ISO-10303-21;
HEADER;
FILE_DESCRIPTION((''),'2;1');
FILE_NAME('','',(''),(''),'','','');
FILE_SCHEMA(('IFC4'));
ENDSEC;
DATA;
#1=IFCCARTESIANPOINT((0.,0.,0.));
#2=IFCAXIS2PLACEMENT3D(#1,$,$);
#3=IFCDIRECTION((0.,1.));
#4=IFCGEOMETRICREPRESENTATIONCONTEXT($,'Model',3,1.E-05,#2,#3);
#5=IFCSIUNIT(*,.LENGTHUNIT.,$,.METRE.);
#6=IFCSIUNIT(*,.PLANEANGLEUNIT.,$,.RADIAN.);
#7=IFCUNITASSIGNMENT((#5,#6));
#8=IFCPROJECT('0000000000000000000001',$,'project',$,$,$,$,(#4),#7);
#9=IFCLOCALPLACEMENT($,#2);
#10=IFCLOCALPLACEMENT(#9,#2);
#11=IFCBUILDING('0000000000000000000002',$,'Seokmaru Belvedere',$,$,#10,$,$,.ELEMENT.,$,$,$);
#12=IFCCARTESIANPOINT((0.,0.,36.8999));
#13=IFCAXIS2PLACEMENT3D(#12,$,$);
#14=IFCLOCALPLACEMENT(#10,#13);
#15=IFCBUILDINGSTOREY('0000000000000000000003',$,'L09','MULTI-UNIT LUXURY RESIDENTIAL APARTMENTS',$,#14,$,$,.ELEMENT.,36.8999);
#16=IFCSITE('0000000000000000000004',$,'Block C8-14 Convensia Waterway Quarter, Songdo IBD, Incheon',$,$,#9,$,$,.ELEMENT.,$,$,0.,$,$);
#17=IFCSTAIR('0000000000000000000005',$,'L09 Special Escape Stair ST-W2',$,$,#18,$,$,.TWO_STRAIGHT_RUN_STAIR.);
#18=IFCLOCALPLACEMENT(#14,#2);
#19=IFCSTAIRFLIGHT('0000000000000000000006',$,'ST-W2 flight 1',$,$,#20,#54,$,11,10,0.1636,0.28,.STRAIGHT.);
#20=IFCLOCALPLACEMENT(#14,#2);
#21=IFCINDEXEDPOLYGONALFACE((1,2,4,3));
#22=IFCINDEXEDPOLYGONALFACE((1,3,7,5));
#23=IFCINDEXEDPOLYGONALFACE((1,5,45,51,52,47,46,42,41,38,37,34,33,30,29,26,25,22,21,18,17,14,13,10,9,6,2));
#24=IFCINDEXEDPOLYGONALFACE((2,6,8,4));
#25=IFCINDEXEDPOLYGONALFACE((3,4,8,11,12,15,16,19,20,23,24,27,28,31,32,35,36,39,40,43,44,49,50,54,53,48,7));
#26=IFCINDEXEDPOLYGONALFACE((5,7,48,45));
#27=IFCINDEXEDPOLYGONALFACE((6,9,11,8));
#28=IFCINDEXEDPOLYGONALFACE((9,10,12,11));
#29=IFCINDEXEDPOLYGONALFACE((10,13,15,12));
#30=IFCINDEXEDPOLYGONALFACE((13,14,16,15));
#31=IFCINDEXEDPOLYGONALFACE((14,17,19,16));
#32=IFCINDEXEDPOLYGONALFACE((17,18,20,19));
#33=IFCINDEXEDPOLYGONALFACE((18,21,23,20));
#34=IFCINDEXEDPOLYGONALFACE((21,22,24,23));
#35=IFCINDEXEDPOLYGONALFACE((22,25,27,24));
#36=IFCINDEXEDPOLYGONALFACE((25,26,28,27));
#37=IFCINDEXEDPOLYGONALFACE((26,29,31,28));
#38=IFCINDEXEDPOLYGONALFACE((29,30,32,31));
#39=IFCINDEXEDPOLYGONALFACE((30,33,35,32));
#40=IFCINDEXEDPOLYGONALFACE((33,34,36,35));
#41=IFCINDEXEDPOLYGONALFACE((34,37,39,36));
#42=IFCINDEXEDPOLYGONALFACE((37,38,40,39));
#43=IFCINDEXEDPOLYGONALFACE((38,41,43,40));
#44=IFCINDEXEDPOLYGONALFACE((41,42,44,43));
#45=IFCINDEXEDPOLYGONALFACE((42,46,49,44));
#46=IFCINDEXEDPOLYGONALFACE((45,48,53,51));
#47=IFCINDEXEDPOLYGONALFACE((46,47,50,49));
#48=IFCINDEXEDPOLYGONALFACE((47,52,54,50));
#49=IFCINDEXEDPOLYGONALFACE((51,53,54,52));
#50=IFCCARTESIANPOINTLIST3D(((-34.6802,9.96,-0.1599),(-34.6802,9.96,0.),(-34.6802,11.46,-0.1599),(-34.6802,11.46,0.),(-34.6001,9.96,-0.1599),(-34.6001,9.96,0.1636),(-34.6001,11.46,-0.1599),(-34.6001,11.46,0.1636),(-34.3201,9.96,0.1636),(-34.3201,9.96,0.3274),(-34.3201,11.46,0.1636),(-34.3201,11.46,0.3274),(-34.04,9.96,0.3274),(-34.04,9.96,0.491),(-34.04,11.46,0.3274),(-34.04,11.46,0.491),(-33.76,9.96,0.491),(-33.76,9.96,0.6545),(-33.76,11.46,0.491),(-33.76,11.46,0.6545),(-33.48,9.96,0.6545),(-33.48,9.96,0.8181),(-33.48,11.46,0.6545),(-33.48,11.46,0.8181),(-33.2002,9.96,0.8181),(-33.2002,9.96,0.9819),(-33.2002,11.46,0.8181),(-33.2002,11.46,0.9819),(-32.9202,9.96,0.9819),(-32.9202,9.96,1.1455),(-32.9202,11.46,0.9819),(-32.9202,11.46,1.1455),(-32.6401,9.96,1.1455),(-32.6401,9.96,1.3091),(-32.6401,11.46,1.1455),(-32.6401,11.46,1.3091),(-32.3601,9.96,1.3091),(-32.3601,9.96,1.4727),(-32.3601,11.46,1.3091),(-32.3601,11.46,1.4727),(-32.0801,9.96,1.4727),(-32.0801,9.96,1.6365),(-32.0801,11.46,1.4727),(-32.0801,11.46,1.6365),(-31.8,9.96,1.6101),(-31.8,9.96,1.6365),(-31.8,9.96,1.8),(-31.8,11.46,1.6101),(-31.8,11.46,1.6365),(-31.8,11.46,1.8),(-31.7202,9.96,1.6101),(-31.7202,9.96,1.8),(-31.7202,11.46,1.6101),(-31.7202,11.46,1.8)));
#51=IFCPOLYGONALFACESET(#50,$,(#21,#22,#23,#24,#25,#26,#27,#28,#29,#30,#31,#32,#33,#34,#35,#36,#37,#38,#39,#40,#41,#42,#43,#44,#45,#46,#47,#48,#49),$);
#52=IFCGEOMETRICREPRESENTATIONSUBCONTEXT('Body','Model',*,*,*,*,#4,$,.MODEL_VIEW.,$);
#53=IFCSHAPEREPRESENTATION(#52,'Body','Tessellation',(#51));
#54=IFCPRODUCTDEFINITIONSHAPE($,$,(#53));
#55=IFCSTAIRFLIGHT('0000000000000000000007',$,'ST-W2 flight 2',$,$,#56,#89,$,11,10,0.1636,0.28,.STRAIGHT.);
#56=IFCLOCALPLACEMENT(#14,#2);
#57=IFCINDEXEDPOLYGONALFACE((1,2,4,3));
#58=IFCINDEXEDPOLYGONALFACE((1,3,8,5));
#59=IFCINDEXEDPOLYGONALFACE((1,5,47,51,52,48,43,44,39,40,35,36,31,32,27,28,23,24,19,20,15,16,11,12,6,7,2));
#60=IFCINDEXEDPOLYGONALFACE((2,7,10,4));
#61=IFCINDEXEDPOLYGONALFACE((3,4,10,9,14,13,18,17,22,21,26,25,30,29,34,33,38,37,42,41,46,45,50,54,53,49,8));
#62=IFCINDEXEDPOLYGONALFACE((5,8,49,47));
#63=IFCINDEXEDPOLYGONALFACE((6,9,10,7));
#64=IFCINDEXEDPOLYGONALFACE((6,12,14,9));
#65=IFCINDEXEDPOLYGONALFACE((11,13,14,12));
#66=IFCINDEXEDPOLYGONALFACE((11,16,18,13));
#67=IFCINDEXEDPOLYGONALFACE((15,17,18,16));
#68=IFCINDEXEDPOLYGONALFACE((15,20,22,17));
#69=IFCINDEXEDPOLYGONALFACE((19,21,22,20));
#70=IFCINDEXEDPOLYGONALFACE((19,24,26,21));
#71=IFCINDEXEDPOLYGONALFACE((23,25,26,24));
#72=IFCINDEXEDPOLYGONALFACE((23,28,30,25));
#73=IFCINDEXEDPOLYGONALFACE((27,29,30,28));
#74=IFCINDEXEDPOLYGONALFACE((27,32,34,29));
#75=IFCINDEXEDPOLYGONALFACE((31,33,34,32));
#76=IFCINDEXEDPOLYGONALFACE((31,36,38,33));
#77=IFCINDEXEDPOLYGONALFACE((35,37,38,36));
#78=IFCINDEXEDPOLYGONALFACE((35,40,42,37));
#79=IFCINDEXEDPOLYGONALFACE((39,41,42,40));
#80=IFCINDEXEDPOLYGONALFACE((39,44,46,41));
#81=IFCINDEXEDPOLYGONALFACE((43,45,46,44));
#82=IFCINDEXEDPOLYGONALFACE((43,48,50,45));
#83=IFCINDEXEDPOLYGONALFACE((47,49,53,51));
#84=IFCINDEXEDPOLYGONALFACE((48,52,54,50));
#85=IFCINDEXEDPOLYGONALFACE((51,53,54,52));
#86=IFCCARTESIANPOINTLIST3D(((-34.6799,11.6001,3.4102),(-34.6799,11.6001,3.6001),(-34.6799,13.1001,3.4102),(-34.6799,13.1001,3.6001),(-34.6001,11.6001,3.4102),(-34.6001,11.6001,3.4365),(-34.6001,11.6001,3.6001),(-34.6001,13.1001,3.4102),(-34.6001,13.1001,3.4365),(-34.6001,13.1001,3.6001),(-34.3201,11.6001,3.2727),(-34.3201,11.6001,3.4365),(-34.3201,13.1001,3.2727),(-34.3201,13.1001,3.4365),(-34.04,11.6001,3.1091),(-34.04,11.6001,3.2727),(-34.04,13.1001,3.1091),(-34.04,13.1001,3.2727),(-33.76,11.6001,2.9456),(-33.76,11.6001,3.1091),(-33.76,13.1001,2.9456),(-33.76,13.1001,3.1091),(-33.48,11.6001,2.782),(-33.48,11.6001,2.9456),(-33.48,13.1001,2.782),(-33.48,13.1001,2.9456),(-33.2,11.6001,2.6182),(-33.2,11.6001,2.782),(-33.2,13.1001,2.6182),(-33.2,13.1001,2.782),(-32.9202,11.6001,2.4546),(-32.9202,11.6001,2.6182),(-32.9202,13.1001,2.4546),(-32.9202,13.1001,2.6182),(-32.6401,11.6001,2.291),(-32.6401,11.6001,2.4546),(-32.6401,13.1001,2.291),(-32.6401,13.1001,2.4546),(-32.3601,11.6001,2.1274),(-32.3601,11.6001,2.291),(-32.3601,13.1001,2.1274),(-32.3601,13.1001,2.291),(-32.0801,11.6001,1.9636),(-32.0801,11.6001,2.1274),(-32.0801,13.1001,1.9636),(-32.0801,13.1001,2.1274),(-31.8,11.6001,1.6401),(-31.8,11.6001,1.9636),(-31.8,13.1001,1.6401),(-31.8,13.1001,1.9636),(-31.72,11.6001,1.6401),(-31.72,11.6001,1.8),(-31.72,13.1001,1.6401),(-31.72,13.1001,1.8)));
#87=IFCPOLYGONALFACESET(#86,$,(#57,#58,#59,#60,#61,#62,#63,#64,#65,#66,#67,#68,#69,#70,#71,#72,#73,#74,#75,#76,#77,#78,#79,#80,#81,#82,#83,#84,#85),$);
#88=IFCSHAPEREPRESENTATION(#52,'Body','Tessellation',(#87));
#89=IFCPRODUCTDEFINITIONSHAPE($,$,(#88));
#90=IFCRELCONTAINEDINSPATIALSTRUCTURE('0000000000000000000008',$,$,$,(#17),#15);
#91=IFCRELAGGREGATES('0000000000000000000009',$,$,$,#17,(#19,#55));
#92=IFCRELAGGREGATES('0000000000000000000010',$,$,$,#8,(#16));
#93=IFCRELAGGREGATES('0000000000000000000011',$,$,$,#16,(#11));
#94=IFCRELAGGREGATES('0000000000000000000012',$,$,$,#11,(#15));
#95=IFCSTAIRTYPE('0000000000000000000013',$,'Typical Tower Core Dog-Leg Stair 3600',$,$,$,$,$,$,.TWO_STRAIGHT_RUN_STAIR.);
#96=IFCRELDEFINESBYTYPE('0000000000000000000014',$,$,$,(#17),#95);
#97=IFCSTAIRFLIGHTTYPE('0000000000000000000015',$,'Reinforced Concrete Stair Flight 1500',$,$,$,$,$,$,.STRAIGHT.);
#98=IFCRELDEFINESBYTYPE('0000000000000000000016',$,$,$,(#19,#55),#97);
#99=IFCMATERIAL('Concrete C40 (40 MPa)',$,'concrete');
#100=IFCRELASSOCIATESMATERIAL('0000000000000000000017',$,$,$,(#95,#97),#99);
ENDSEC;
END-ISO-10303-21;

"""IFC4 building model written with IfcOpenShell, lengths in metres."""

from ifc_helpers import new_model, si_unit, direction, frame, origin, place, context, subcontext, project, spatial, polyline, outline, extrude, material, type_object, element, aggregate, save


model = new_model("IFC4")

# Units and contexts
model_context = context("Model", 3, precision=1e-05, world=origin(), true_north=direction((0.0, 1.0)))
body_context = subcontext(model_context, "Body", "Model", "MODEL_VIEW")
ifc_project = project(units=[si_unit("LENGTHUNIT", "METRE"), si_unit("PLANEANGLEUNIT", "RADIAN")], contexts=[model_context])

# Site, building, storey
site_placement = place(None, origin())
site = spatial("IfcSite", under=ifc_project, at=site_placement, Name="Block C8-14 Convensia Waterway Quarter, Songdo IBD, Incheon", CompositionType="ELEMENT", RefElevation=0.0)
building_placement = place(site_placement, origin())
building = spatial("IfcBuilding", under=site, at=building_placement, Name="Seokmaru Belvedere", CompositionType="ELEMENT")
storey_placement = place(building_placement, frame((0.0, 0.0, 36.8999)))
storey = spatial("IfcBuildingStorey", under=building, at=storey_placement, Name="L09", Description="MULTI-UNIT LUXURY RESIDENTIAL APARTMENTS", CompositionType="ELEMENT", Elevation=36.8999)

# Stair, stair flights
ifc_material_1 = material(Name="Concrete C40 (40 MPa)", Category="concrete")
stair_type = type_object("IfcStairType", Name="Typical Tower Core Dog-Leg Stair 3600", PredefinedType="TWO_STRAIGHT_RUN_STAIR", material=ifc_material_1)
stair_placement = place(storey_placement, origin())
stair = element("IfcStair", 1, at=stair_placement, inside=storey, type_object=stair_type, Name="L09 Special Escape Stair ST-W2", PredefinedType="TWO_STRAIGHT_RUN_STAIR")
stair_flight_type = type_object("IfcStairFlightType", Name="Reinforced Concrete Stair Flight 1500", PredefinedType="STRAIGHT", material=ifc_material_1)
stair_flight_1_placement = place(storey_placement, frame((-34.6001, 10.71, 0.0), z_axis=(0.0, 0.0, 1.0), x_axis=(1.0, 0.0, 0.0)))
stair_flight_1 = element("IfcStairFlight", 2, at=stair_flight_1_placement, type_object=stair_flight_type, Name="ST-W2 flight 1", NumberOfRisers=11, NumberOfTreads=10, PredefinedType="STRAIGHT", RiserHeight=0.1636, TreadLength=0.28, context=body_context, shape_type="SweptSolid", body=[
    extrude(outline(polyline([(-0.0801, 0.0), (0.0, 0.1636), (0.28, 0.1636), (0.28, 0.3274), (0.5601, 0.3274), (0.5601, 0.491), (0.8401, 0.491), (0.8401, 0.6545), (1.1201, 0.6545), (1.1201, 0.8181), (1.3999, 0.8181), (1.3999, 0.9819), (1.6799, 0.9819), (1.6799, 1.1455), (1.96, 1.1455), (1.96, 1.3091), (2.24, 1.3091), (2.24, 1.4727), (2.52, 1.4727), (2.52, 1.6365), (2.8, 1.6365), (2.8, 1.8), (2.8799, 1.8), (2.8799, 1.6101), (2.8, 1.6101), (0.0, -0.1599), (-0.0801, -0.1599), (-0.0801, 0.0)])), frame((0.0, 0.75, 0.0), z_axis=(0.0, -1.0, 0.0), x_axis=(1.0, 0.0, 0.0)), (0.0, 0.0, 1.0), 1.5),
])
stair_flight_2_placement = place(storey_placement, frame((-31.8, 12.3501, 1.8), z_axis=(0.0, 0.0, 1.0), x_axis=(-1.0, 0.0, 0.0)))
stair_flight_2 = element("IfcStairFlight", 3, at=stair_flight_2_placement, type_object=stair_flight_type, Name="ST-W2 flight 2", NumberOfRisers=11, NumberOfTreads=10, PredefinedType="STRAIGHT", RiserHeight=0.1636, TreadLength=0.28, context=body_context, shape_type="SweptSolid", body=[
    extrude(outline(polyline([(-0.0801, 0.0), (0.0, 0.1636), (0.28, 0.1636), (0.28, 0.3274), (0.5601, 0.3274), (0.5601, 0.491), (0.8401, 0.491), (0.8401, 0.6545), (1.1201, 0.6545), (1.1201, 0.8181), (1.3999, 0.8181), (1.3999, 0.9819), (1.6799, 0.9819), (1.6799, 1.1455), (1.96, 1.1455), (1.96, 1.3091), (2.24, 1.3091), (2.24, 1.4727), (2.52, 1.4727), (2.52, 1.6365), (2.8, 1.6365), (2.8, 1.8), (2.8799, 1.8), (2.8799, 1.6101), (2.8, 1.6101), (0.0, -0.1599), (-0.0801, -0.1599), (-0.0801, 0.0)])), frame((0.0, 0.75, 0.0), z_axis=(0.0, -1.0, 0.0), x_axis=(1.0, 0.0, 0.0)), (0.0, 0.0, 1.0), 1.5),
])
aggregate(stair, [stair_flight_1, stair_flight_2])

save(model, "model.ifc")
